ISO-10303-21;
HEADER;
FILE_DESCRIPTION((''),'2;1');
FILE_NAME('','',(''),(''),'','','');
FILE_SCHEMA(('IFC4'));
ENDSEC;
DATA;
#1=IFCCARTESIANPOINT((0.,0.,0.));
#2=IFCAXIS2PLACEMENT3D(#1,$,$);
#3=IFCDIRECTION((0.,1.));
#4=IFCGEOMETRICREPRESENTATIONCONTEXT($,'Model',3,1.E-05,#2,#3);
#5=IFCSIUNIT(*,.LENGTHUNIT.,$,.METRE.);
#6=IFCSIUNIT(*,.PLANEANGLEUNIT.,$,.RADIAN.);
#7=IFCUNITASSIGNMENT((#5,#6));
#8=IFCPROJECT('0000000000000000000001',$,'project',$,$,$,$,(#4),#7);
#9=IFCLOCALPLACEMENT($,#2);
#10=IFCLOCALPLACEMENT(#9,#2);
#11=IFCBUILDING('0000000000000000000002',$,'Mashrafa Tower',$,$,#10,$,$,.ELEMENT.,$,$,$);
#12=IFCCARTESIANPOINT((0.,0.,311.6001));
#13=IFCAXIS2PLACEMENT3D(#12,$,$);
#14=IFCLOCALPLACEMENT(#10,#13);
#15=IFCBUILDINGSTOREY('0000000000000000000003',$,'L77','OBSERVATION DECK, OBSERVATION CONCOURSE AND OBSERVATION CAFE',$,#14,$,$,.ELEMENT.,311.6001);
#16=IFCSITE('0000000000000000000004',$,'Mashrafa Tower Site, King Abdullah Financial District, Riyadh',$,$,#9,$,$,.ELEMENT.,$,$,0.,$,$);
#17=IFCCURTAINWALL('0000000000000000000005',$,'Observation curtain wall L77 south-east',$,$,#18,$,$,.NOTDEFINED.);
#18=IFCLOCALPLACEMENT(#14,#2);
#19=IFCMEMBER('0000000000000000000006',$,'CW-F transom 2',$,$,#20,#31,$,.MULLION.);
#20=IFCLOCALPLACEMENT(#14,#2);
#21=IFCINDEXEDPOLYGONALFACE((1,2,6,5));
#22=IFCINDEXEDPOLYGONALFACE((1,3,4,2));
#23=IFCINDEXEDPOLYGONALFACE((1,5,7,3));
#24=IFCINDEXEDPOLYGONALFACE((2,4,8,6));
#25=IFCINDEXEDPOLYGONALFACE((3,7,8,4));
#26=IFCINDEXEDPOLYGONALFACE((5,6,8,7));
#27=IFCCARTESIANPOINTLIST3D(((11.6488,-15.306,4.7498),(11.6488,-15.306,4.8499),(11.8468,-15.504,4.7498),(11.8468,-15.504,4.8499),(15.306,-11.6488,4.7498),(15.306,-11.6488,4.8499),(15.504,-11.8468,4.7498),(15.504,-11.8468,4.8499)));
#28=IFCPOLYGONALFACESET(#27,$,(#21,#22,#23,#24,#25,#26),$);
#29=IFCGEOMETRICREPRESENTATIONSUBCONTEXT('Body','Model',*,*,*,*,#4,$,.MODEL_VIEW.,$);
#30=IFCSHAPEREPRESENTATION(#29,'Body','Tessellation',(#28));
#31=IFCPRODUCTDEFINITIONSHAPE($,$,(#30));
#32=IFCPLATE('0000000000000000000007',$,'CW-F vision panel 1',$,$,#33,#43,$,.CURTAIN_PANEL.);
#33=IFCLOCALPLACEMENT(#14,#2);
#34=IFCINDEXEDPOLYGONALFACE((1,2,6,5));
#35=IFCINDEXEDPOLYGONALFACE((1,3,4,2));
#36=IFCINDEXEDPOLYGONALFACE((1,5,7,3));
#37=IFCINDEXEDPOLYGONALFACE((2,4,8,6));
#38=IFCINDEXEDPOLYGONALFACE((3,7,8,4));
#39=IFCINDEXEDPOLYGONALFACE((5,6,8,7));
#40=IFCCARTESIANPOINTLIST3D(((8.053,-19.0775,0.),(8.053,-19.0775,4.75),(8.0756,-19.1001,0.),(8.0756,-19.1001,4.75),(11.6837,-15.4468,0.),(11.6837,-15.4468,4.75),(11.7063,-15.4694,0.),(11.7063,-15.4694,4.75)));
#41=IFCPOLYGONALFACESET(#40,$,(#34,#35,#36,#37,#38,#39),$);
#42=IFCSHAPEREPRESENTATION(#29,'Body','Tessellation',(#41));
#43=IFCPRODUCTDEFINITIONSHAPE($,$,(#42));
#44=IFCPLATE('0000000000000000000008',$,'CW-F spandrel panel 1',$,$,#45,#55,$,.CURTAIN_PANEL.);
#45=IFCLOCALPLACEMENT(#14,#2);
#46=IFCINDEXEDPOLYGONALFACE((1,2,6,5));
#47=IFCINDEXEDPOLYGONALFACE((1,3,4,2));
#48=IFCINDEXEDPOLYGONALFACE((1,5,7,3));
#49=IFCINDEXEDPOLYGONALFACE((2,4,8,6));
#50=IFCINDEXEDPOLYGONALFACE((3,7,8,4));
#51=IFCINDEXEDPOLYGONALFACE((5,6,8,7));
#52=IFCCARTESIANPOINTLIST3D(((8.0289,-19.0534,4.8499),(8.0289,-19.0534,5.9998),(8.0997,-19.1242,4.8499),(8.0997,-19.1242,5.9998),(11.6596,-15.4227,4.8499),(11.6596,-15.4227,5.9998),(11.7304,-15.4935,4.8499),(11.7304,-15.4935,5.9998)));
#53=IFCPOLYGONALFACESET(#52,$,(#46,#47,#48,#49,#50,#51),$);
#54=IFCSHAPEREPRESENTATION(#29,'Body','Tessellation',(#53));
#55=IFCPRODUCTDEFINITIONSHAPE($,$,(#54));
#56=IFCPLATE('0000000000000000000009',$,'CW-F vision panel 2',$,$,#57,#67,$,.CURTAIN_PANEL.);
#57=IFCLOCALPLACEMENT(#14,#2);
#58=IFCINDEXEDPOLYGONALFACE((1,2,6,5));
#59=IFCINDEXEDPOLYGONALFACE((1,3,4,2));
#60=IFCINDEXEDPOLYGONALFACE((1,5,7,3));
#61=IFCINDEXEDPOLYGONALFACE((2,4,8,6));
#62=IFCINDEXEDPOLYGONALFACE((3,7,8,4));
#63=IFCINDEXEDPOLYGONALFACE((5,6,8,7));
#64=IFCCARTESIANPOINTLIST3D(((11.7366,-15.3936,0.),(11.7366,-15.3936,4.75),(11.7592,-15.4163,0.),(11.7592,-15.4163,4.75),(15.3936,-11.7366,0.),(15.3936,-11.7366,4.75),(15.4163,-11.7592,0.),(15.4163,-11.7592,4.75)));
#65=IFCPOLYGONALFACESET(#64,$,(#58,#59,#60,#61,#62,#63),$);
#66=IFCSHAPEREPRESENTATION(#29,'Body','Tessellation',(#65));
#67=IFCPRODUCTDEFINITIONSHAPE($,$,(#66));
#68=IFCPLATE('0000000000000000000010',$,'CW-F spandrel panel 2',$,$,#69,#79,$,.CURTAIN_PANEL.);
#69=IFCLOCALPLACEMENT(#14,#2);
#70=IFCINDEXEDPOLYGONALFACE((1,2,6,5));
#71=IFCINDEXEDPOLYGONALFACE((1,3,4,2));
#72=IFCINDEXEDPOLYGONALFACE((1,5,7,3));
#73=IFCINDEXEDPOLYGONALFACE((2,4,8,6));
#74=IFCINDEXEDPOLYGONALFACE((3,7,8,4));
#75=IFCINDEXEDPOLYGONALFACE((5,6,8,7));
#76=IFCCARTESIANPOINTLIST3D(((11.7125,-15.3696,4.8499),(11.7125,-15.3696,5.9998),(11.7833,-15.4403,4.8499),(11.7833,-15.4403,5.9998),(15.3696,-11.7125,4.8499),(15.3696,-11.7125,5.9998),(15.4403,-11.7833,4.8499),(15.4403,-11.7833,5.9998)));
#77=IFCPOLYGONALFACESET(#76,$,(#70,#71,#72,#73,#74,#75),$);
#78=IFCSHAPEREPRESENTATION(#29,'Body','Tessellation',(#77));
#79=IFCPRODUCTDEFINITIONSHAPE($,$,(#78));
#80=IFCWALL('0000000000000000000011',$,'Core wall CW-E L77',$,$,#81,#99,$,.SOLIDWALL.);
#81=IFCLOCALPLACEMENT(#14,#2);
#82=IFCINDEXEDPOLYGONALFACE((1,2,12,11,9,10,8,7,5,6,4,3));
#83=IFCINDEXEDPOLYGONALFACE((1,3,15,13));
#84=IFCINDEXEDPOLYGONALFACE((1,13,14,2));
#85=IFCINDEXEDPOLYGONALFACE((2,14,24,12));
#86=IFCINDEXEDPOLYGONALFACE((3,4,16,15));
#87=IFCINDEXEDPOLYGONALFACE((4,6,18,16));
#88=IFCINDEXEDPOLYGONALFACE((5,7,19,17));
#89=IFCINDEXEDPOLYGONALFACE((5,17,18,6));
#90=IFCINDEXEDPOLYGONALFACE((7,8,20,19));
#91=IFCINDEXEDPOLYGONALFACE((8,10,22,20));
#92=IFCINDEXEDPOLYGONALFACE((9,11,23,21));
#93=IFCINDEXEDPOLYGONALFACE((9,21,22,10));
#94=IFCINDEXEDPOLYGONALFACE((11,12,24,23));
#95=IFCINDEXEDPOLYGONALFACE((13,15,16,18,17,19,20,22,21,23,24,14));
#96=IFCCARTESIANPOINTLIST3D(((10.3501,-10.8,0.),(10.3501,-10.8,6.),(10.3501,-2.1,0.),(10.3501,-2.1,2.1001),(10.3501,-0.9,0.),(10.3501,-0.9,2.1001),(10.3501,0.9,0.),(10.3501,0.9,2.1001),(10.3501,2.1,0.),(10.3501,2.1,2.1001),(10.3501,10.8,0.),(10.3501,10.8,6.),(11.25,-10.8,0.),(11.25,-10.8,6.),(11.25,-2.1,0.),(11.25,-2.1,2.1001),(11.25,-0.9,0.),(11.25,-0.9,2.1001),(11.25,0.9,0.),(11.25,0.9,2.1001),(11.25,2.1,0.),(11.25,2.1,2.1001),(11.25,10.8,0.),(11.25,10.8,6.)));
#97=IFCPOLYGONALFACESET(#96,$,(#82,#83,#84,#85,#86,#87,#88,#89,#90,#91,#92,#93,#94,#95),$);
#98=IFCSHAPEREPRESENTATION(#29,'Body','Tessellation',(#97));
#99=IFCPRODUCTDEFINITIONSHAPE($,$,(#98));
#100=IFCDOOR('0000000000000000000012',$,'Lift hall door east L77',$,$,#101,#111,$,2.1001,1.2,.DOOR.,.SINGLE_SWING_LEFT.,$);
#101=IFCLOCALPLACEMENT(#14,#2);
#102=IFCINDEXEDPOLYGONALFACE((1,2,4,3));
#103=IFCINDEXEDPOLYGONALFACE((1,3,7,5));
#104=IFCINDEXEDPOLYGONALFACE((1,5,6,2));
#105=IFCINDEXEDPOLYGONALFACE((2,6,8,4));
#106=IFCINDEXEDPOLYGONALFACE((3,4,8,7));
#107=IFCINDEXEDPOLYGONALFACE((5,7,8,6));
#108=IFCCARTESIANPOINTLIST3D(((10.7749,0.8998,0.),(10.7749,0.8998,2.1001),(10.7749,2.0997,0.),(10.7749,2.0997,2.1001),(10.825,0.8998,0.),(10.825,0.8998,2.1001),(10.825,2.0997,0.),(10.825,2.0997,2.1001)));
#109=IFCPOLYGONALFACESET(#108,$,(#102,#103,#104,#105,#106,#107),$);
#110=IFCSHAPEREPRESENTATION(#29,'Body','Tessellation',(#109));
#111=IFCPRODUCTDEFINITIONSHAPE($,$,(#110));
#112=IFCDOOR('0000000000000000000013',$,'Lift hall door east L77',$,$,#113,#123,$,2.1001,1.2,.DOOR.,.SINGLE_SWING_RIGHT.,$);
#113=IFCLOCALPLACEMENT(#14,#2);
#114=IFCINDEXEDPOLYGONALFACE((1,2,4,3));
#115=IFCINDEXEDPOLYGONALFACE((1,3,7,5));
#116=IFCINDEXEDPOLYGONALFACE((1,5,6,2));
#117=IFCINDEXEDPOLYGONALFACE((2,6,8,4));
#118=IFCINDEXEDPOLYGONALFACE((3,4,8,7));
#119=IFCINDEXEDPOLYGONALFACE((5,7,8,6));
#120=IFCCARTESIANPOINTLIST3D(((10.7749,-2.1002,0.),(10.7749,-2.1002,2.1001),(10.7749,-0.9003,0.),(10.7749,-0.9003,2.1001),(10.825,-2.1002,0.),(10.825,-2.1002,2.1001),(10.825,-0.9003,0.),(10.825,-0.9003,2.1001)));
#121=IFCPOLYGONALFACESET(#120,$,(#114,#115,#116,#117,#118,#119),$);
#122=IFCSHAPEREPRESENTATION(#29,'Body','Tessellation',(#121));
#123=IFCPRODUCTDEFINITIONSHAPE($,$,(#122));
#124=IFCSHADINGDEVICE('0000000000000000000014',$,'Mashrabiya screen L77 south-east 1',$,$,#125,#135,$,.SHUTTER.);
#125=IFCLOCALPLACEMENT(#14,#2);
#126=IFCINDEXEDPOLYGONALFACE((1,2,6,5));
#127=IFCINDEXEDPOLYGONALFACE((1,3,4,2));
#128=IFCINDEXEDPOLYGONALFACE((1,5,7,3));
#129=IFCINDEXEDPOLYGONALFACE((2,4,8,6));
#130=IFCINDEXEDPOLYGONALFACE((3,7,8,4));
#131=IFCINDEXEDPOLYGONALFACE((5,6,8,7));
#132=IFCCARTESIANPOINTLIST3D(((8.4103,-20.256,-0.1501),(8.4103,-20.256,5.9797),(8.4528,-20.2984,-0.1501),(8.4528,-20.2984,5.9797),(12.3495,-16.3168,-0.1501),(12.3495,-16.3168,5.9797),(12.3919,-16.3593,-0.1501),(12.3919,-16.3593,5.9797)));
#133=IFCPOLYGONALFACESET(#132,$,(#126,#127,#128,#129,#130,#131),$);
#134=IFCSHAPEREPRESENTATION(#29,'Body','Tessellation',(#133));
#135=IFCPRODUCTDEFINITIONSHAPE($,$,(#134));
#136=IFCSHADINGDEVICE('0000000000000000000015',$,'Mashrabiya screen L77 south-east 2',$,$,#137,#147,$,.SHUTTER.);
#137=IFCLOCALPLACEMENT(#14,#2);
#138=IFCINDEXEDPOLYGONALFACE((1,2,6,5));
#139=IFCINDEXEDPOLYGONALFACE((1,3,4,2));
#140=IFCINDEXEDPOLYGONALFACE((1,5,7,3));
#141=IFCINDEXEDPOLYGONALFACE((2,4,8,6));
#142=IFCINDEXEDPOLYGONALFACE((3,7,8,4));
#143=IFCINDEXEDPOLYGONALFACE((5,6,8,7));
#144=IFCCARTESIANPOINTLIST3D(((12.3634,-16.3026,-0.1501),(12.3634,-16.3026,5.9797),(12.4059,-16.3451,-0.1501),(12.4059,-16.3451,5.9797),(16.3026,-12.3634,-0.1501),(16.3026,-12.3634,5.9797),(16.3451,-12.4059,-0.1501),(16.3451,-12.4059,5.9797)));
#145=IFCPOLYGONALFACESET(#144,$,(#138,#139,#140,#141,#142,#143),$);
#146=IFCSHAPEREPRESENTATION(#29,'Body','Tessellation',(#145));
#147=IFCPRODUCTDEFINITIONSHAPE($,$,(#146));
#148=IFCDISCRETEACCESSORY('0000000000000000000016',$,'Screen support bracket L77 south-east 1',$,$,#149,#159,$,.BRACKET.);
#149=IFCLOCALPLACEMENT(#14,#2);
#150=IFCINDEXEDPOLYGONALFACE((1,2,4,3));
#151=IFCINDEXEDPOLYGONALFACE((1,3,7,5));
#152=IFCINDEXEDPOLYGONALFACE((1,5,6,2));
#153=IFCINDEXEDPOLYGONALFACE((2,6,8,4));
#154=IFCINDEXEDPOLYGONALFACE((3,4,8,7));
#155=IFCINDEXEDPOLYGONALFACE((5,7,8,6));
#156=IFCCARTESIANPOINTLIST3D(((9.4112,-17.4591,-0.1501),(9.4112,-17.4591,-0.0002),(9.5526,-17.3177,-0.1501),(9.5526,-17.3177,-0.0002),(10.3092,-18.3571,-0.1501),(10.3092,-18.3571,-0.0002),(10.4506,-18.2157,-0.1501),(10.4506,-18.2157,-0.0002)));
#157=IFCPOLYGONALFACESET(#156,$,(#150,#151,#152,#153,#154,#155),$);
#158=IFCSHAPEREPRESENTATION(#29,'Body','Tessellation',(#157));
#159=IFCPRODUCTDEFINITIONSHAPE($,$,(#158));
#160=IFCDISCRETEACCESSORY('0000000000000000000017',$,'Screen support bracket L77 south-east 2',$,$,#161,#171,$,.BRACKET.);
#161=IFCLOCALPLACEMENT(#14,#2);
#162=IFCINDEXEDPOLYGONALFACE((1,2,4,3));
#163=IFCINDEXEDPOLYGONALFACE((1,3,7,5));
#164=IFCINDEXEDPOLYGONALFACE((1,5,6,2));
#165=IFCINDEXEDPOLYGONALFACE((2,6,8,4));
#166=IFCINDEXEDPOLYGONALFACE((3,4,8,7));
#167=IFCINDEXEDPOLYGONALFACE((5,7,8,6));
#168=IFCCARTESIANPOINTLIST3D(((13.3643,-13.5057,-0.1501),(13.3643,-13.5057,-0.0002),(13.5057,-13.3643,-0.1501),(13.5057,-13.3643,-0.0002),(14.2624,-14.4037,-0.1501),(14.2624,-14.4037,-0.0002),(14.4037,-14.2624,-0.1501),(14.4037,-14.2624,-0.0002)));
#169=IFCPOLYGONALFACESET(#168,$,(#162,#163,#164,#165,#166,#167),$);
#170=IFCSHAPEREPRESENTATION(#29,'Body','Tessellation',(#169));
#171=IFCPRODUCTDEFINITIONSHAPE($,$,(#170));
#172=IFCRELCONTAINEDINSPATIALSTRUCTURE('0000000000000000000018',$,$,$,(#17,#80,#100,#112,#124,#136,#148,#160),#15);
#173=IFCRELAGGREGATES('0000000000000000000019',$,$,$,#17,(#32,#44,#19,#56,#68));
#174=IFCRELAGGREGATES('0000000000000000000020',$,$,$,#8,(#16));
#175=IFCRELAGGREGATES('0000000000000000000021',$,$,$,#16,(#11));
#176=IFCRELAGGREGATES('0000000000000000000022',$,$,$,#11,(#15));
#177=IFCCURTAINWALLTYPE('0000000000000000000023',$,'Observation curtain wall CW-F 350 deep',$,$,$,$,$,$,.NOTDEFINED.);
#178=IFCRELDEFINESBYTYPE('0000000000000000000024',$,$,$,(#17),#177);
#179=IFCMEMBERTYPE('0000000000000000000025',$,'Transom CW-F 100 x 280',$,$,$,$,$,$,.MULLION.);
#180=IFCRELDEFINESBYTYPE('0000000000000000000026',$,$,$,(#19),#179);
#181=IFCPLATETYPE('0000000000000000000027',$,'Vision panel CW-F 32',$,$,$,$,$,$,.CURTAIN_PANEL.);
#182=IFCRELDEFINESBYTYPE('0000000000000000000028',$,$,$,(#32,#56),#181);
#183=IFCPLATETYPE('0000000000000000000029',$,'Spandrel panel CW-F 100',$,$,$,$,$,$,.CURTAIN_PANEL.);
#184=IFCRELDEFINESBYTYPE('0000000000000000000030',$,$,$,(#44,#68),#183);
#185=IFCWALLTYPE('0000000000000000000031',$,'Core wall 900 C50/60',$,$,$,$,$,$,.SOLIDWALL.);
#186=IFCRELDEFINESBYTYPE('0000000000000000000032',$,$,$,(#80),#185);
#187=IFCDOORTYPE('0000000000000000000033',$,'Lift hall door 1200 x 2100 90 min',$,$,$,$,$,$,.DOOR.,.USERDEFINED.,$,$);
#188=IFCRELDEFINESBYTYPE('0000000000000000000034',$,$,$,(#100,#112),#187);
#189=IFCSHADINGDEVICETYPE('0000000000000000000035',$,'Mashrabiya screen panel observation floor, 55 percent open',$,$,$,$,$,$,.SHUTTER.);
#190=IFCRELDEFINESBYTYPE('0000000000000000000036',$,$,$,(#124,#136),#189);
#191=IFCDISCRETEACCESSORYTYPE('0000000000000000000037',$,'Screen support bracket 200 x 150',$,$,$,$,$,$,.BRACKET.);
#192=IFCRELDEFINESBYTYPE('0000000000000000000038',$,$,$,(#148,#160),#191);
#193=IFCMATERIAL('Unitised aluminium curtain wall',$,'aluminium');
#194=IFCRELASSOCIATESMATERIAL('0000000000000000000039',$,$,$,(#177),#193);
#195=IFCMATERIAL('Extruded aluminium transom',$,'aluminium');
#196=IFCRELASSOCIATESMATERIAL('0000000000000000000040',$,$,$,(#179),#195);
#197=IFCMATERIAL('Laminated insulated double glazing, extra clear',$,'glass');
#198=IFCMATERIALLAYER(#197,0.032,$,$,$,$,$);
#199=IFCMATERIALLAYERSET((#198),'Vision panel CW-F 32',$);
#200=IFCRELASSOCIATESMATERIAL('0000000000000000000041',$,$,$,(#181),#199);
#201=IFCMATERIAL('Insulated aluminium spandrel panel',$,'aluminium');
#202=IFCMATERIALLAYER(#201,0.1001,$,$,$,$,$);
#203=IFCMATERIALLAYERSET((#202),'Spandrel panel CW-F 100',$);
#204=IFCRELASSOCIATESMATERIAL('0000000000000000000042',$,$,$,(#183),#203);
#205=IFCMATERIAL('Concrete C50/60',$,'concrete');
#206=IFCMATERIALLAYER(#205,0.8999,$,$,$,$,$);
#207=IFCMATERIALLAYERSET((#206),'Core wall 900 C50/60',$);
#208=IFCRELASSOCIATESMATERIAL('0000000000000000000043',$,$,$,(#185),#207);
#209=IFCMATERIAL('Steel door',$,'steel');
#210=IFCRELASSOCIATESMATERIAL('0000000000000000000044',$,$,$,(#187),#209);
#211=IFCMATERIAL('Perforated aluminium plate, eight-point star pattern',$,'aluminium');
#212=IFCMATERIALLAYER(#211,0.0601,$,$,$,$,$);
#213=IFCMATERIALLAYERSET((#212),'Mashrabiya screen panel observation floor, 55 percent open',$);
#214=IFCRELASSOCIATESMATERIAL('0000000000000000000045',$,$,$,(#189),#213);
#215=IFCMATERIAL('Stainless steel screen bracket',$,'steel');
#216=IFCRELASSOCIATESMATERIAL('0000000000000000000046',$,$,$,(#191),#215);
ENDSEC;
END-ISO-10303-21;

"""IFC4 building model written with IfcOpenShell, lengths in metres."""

from ifc_helpers import new_model, si_unit, direction, frame, frame_2d, origin, origin_2d, place, context, subcontext, project, spatial, rectangle, extrude, source, transform, mapped, material, layer, layer_set, material_profile, profile_set, type_object, type_shapes, element, fill, aggregate, save


model = new_model("IFC4")

# Units and contexts
model_context = context("Model", 3, precision=1e-05, world=origin(), true_north=direction((0.0, 1.0)))
body_context = subcontext(model_context, "Body", "Model", "MODEL_VIEW")
ifc_project = project(units=[si_unit("LENGTHUNIT", "METRE"), si_unit("PLANEANGLEUNIT", "RADIAN")], contexts=[model_context])

# Site, building, storey
site_placement = place(None, origin())
site = spatial("IfcSite", under=ifc_project, at=site_placement, Name="Mashrafa Tower Site, King Abdullah Financial District, Riyadh", CompositionType="ELEMENT", RefElevation=0.0)
building_placement = place(site_placement, origin())
building = spatial("IfcBuilding", under=site, at=building_placement, Name="Mashrafa Tower", CompositionType="ELEMENT")
storey_placement = place(building_placement, frame((0.0, 0.0, 311.6001)))
storey = spatial("IfcBuildingStorey", under=building, at=storey_placement, Name="L77", Description="OBSERVATION DECK, OBSERVATION CONCOURSE AND OBSERVATION CAFE", CompositionType="ELEMENT", Elevation=311.6001)

# Curtain wall, member, plates
ifc_material_1 = material(Name="Unitised aluminium curtain wall", Category="aluminium")
curtain_wall_type = type_object("IfcCurtainWallType", Name="Observation curtain wall CW-F 350 deep", PredefinedType="NOTDEFINED", material=ifc_material_1)
curtain_wall_placement = place(storey_placement, origin())
curtain_wall = element("IfcCurtainWall", 1, at=curtain_wall_placement, inside=storey, type_object=curtain_wall_type, Name="Observation curtain wall L77 south-east", PredefinedType="NOTDEFINED")
ifc_material_2 = material(Name="Extruded aluminium transom", Category="aluminium")
ifc_material_profile_1 = material_profile(ifc_material_2, rectangle(XDim=0.28, YDim=0.1001, at=origin_2d()), Name="Transom 100x280")
ifc_profile_set_1 = profile_set([ifc_material_profile_1], Name="Extruded aluminium transom")
member_type_1 = type_object("IfcMemberType", Name="Transom CW-F 100 x 280", PredefinedType="MULLION", material=ifc_profile_set_1)
shared_shape_1 = source(origin(), body_context, "Body", "SweptSolid", [
    extrude(rectangle(XDim=0.28, YDim=0.1001, at=origin_2d()), origin(), (0.0, 0.0, 1.0), 5.1721),
])
member_1_placement = place(storey_placement, frame((11.7478, -15.405, 4.7998), z_axis=(0.707107, 0.707107, 0.0), x_axis=(-0.707107, 0.707107, 0.0)))
member_1 = element("IfcMember", 2, at=member_1_placement, type_object=member_type_1, Name="CW-F transom 2", PredefinedType="MULLION", context=body_context, shape_type="MappedRepresentation", body=[
    mapped(shared_shape_1, transform((0.0, 0.0, 0.0))),
])
ifc_material_3 = material(Name="Laminated insulated double glazing, extra clear", Category="glass")
ifc_layer_1 = layer(ifc_material_3, 0.032)
ifc_layer_set_1 = layer_set([ifc_layer_1], Name="Vision panel CW-F 32")
plate_type_1 = type_object("IfcPlateType", Name="Vision panel CW-F 32", PredefinedType="CURTAIN_PANEL", material=ifc_layer_set_1)
shared_shape_2 = source(origin(), body_context, "Body", "SweptSolid", [
    extrude(rectangle(XDim=5.1345, YDim=0.032, at=origin_2d()), origin(), (0.0, 0.0, 1.0), 4.75),
])
plate_1_placement = place(storey_placement, frame((9.8796, -17.2734, 0.0), z_axis=(0.0, 0.0, 1.0), x_axis=(0.707107, 0.707107, 0.0)))
plate_1 = element("IfcPlate", 3, at=plate_1_placement, type_object=plate_type_1, Name="CW-F vision panel 1", PredefinedType="CURTAIN_PANEL", context=body_context, shape_type="MappedRepresentation", body=[
    mapped(shared_shape_2, transform((0.0, 0.0, 0.0))),
])
ifc_material_4 = material(Name="Insulated aluminium spandrel panel", Category="aluminium")
ifc_layer_2 = layer(ifc_material_4, 0.1001)
ifc_layer_set_2 = layer_set([ifc_layer_2], Name="Spandrel panel CW-F 100")
plate_type_2 = type_object("IfcPlateType", Name="Spandrel panel CW-F 100", PredefinedType="CURTAIN_PANEL", material=ifc_layer_set_2)
shared_shape_3 = source(origin(), body_context, "Body", "SweptSolid", [
    extrude(rectangle(XDim=5.1345, YDim=0.1001, at=origin_2d()), origin(), (0.0, 0.0, 1.0), 1.1499),
])
plate_2_placement = place(storey_placement, frame((9.8796, -17.2734, 4.8499), z_axis=(0.0, 0.0, 1.0), x_axis=(0.707107, 0.707107, 0.0)))
plate_2 = element("IfcPlate", 4, at=plate_2_placement, type_object=plate_type_2, Name="CW-F spandrel panel 1", PredefinedType="CURTAIN_PANEL", context=body_context, shape_type="MappedRepresentation", body=[
    mapped(shared_shape_3, transform((0.0, 0.0, 0.0))),
])
shared_shape_4 = source(origin(), body_context, "Body", "SweptSolid", [
    extrude(rectangle(XDim=5.1719, YDim=0.032, at=origin_2d()), origin(), (0.0, 0.0, 1.0), 4.75),
])
type_shapes(plate_type_1, [shared_shape_2, shared_shape_4])
plate_3_placement = place(storey_placement, frame((13.5764, -13.5764, 0.0), z_axis=(0.0, 0.0, 1.0), x_axis=(0.707107, 0.707107, 0.0)))
plate_3 = element("IfcPlate", 5, at=plate_3_placement, type_object=plate_type_1, Name="CW-F vision panel 2", PredefinedType="CURTAIN_PANEL", context=body_context, shape_type="MappedRepresentation", body=[
    mapped(shared_shape_4, transform((0.0, 0.0, 0.0))),
])
shared_shape_5 = source(origin(), body_context, "Body", "SweptSolid", [
    extrude(rectangle(XDim=5.1719, YDim=0.1001, at=origin_2d()), origin(), (0.0, 0.0, 1.0), 1.1499),
])
type_shapes(plate_type_2, [shared_shape_3, shared_shape_5])
plate_4_placement = place(storey_placement, frame((13.5764, -13.5764, 4.8499), z_axis=(0.0, 0.0, 1.0), x_axis=(0.707107, 0.707107, 0.0)))
plate_4 = element("IfcPlate", 6, at=plate_4_placement, type_object=plate_type_2, Name="CW-F spandrel panel 2", PredefinedType="CURTAIN_PANEL", context=body_context, shape_type="MappedRepresentation", body=[
    mapped(shared_shape_5, transform((0.0, 0.0, 0.0))),
])
aggregate(curtain_wall, [plate_1, plate_2, member_1, plate_3, plate_4])

# Wall, openings, doors
ifc_material_5 = material(Name="Concrete C50/60", Category="concrete")
ifc_layer_3 = layer(ifc_material_5, 0.8999)
ifc_layer_set_3 = layer_set([ifc_layer_3], Name="Core wall 900 C50/60")
wall_type_1 = type_object("IfcWallType", Name="Core wall 900 C50/60", PredefinedType="SOLIDWALL", material=ifc_layer_set_3)
wall_1_placement = place(storey_placement, frame((10.8, -10.8, 0.0), z_axis=(0.0, 0.0, 1.0), x_axis=(0.0, 1.0, 0.0)))
wall_1 = element("IfcWall", 7, at=wall_1_placement, inside=storey, type_object=wall_type_1, Name="Core wall CW-E L77", PredefinedType="SOLIDWALL", context=body_context, shape_type="SweptSolid", body=[
    extrude(rectangle(XDim=21.6001, YDim=0.8999, at=frame_2d((10.8, 0.0))), origin(), (0.0, 0.0, 1.0), 6.0),
])
opening_1_placement = place(wall_1_placement, frame((11.7, 0.0, 0.0)))
opening_1 = element("IfcOpeningElement", 8, at=opening_1_placement, cuts=wall_1, PredefinedType="OPENING", context=body_context, shape_type="SweptSolid", body=[
    extrude(rectangle(XDim=1.2, YDim=2.1001, at=frame_2d((0.6001, 1.05))), frame((0.0, 0.46, 0.0), z_axis=(0.0, -1.0, 0.0), x_axis=(1.0, 0.0, 0.0)), (0.0, 0.0, 1.0), 0.9199),
])
opening_2_placement = place(wall_1_placement, frame((8.7, 0.0, 0.0)))
opening_2 = element("IfcOpeningElement", 9, at=opening_2_placement, cuts=wall_1, PredefinedType="OPENING", context=body_context, shape_type="SweptSolid", body=[
    extrude(rectangle(XDim=1.2, YDim=2.1001, at=frame_2d((0.6001, 1.05))), frame((0.0, 0.46, 0.0), z_axis=(0.0, -1.0, 0.0), x_axis=(1.0, 0.0, 0.0)), (0.0, 0.0, 1.0), 0.9199),
])
ifc_material_6 = material(Name="Steel door", Category="steel")
door_type_1 = type_object("IfcDoorType", Name="Lift hall door 1200 x 2100 90 min", OperationType="USERDEFINED", PredefinedType="DOOR", material=ifc_material_6)
door_1_placement = place(opening_1_placement, frame((1.2, 0.0, 0.0), z_axis=(0.0, 0.0, 1.0), x_axis=(-1.0, 0.0, 0.0)))
door_1 = element("IfcDoor", 10, at=door_1_placement, inside=storey, type_object=door_type_1, Name="Lift hall door east L77", OperationType="SINGLE_SWING_LEFT", OverallHeight=2.1001, OverallWidth=1.2, PredefinedType="DOOR", context=body_context, shape_type="SweptSolid", body=[
    extrude(rectangle(XDim=1.2, YDim=2.1001, at=frame_2d((0.6001, 1.05))), frame((0.0, 0.0249, 0.0), z_axis=(0.0, -1.0, 0.0), x_axis=(1.0, 0.0, 0.0)), (0.0, 0.0, 1.0), 0.05),
])
fill(opening_1, door_1)
door_2_placement = place(opening_2_placement, frame((1.2, 0.0, 0.0), z_axis=(0.0, 0.0, 1.0), x_axis=(-1.0, 0.0, 0.0)))
door_2 = element("IfcDoor", 11, at=door_2_placement, inside=storey, type_object=door_type_1, Name="Lift hall door east L77", OperationType="SINGLE_SWING_RIGHT", OverallHeight=2.1001, OverallWidth=1.2, PredefinedType="DOOR", context=body_context, shape_type="SweptSolid", body=[
    extrude(rectangle(XDim=1.2, YDim=2.1001, at=frame_2d((0.6001, 1.05))), frame((0.0, 0.0249, 0.0), z_axis=(0.0, -1.0, 0.0), x_axis=(1.0, 0.0, 0.0)), (0.0, 0.0, 1.0), 0.05),
])
fill(opening_2, door_2)

# Shading devices
ifc_material_7 = material(Name="Perforated aluminium plate, eight-point star pattern", Category="aluminium")
ifc_layer_4 = layer(ifc_material_7, 0.0601)
ifc_layer_set_4 = layer_set([ifc_layer_4], Name="Mashrabiya screen panel observation floor, 55 percent open")
shading_device_type = type_object("IfcShadingDeviceType", Name="Mashrabiya screen panel observation floor, 55 percent open", PredefinedType="SHUTTER", material=ifc_layer_set_4)
shared_shape_6 = source(origin(), body_context, "Body", "SweptSolid", [
    extrude(rectangle(XDim=5.5708, YDim=0.0601, at=origin_2d()), origin(), (0.0, 0.0, 1.0), 6.1299),
])
type_shapes(shading_device_type, [shared_shape_6])
for number, where, z_axis, x_axis, name in (
    (12, (10.4011, -18.3076, -0.1501), (0.0, 0.0, 1.0), (0.707107, 0.707107, 0.0), "Mashrabiya screen L77 south-east 1"),
    (13, (14.3542, -14.3542, -0.1501), (0.0, 0.0, 1.0), (0.707107, 0.707107, 0.0), "Mashrabiya screen L77 south-east 2"),
):
    element("IfcShadingDevice", number, at=place(storey_placement, frame(where, z_axis=z_axis, x_axis=x_axis)), inside=storey, type_object=shading_device_type, Name=name, PredefinedType="SHUTTER", context=body_context, shape_type="MappedRepresentation", body=[
        mapped(shared_shape_6, transform((0.0, 0.0, 0.0))),
    ])

# Discrete accessories
ifc_material_8 = material(Name="Stainless steel screen bracket", Category="steel")
discrete_accessory_type = type_object("IfcDiscreteAccessoryType", Name="Screen support bracket 200 x 150", PredefinedType="BRACKET", material=ifc_material_8)
shared_shape_7 = source(origin(), body_context, "Body", "SweptSolid", [
    extrude(rectangle(XDim=0.2, YDim=1.27, at=origin_2d()), origin(), (0.0, 0.0, 1.0), 0.1499),
])
type_shapes(discrete_accessory_type, [shared_shape_7])
for number, where, z_axis, x_axis, name in (
    (14, (9.9309, -17.8374, -0.1501), (0.0, 0.0, 1.0), (0.707107, 0.707107, 0.0), "Screen support bracket L77 south-east 1"),
    (15, (13.884, -13.884, -0.1501), (0.0, 0.0, 1.0), (0.707107, 0.707107, 0.0), "Screen support bracket L77 south-east 2"),
):
    element("IfcDiscreteAccessory", number, at=place(storey_placement, frame(where, z_axis=z_axis, x_axis=x_axis)), inside=storey, type_object=discrete_accessory_type, Name=name, PredefinedType="BRACKET", context=body_context, shape_type="MappedRepresentation", body=[
        mapped(shared_shape_7, transform((0.0, 0.0, 0.0))),
    ])

save(model, "model.ifc")
